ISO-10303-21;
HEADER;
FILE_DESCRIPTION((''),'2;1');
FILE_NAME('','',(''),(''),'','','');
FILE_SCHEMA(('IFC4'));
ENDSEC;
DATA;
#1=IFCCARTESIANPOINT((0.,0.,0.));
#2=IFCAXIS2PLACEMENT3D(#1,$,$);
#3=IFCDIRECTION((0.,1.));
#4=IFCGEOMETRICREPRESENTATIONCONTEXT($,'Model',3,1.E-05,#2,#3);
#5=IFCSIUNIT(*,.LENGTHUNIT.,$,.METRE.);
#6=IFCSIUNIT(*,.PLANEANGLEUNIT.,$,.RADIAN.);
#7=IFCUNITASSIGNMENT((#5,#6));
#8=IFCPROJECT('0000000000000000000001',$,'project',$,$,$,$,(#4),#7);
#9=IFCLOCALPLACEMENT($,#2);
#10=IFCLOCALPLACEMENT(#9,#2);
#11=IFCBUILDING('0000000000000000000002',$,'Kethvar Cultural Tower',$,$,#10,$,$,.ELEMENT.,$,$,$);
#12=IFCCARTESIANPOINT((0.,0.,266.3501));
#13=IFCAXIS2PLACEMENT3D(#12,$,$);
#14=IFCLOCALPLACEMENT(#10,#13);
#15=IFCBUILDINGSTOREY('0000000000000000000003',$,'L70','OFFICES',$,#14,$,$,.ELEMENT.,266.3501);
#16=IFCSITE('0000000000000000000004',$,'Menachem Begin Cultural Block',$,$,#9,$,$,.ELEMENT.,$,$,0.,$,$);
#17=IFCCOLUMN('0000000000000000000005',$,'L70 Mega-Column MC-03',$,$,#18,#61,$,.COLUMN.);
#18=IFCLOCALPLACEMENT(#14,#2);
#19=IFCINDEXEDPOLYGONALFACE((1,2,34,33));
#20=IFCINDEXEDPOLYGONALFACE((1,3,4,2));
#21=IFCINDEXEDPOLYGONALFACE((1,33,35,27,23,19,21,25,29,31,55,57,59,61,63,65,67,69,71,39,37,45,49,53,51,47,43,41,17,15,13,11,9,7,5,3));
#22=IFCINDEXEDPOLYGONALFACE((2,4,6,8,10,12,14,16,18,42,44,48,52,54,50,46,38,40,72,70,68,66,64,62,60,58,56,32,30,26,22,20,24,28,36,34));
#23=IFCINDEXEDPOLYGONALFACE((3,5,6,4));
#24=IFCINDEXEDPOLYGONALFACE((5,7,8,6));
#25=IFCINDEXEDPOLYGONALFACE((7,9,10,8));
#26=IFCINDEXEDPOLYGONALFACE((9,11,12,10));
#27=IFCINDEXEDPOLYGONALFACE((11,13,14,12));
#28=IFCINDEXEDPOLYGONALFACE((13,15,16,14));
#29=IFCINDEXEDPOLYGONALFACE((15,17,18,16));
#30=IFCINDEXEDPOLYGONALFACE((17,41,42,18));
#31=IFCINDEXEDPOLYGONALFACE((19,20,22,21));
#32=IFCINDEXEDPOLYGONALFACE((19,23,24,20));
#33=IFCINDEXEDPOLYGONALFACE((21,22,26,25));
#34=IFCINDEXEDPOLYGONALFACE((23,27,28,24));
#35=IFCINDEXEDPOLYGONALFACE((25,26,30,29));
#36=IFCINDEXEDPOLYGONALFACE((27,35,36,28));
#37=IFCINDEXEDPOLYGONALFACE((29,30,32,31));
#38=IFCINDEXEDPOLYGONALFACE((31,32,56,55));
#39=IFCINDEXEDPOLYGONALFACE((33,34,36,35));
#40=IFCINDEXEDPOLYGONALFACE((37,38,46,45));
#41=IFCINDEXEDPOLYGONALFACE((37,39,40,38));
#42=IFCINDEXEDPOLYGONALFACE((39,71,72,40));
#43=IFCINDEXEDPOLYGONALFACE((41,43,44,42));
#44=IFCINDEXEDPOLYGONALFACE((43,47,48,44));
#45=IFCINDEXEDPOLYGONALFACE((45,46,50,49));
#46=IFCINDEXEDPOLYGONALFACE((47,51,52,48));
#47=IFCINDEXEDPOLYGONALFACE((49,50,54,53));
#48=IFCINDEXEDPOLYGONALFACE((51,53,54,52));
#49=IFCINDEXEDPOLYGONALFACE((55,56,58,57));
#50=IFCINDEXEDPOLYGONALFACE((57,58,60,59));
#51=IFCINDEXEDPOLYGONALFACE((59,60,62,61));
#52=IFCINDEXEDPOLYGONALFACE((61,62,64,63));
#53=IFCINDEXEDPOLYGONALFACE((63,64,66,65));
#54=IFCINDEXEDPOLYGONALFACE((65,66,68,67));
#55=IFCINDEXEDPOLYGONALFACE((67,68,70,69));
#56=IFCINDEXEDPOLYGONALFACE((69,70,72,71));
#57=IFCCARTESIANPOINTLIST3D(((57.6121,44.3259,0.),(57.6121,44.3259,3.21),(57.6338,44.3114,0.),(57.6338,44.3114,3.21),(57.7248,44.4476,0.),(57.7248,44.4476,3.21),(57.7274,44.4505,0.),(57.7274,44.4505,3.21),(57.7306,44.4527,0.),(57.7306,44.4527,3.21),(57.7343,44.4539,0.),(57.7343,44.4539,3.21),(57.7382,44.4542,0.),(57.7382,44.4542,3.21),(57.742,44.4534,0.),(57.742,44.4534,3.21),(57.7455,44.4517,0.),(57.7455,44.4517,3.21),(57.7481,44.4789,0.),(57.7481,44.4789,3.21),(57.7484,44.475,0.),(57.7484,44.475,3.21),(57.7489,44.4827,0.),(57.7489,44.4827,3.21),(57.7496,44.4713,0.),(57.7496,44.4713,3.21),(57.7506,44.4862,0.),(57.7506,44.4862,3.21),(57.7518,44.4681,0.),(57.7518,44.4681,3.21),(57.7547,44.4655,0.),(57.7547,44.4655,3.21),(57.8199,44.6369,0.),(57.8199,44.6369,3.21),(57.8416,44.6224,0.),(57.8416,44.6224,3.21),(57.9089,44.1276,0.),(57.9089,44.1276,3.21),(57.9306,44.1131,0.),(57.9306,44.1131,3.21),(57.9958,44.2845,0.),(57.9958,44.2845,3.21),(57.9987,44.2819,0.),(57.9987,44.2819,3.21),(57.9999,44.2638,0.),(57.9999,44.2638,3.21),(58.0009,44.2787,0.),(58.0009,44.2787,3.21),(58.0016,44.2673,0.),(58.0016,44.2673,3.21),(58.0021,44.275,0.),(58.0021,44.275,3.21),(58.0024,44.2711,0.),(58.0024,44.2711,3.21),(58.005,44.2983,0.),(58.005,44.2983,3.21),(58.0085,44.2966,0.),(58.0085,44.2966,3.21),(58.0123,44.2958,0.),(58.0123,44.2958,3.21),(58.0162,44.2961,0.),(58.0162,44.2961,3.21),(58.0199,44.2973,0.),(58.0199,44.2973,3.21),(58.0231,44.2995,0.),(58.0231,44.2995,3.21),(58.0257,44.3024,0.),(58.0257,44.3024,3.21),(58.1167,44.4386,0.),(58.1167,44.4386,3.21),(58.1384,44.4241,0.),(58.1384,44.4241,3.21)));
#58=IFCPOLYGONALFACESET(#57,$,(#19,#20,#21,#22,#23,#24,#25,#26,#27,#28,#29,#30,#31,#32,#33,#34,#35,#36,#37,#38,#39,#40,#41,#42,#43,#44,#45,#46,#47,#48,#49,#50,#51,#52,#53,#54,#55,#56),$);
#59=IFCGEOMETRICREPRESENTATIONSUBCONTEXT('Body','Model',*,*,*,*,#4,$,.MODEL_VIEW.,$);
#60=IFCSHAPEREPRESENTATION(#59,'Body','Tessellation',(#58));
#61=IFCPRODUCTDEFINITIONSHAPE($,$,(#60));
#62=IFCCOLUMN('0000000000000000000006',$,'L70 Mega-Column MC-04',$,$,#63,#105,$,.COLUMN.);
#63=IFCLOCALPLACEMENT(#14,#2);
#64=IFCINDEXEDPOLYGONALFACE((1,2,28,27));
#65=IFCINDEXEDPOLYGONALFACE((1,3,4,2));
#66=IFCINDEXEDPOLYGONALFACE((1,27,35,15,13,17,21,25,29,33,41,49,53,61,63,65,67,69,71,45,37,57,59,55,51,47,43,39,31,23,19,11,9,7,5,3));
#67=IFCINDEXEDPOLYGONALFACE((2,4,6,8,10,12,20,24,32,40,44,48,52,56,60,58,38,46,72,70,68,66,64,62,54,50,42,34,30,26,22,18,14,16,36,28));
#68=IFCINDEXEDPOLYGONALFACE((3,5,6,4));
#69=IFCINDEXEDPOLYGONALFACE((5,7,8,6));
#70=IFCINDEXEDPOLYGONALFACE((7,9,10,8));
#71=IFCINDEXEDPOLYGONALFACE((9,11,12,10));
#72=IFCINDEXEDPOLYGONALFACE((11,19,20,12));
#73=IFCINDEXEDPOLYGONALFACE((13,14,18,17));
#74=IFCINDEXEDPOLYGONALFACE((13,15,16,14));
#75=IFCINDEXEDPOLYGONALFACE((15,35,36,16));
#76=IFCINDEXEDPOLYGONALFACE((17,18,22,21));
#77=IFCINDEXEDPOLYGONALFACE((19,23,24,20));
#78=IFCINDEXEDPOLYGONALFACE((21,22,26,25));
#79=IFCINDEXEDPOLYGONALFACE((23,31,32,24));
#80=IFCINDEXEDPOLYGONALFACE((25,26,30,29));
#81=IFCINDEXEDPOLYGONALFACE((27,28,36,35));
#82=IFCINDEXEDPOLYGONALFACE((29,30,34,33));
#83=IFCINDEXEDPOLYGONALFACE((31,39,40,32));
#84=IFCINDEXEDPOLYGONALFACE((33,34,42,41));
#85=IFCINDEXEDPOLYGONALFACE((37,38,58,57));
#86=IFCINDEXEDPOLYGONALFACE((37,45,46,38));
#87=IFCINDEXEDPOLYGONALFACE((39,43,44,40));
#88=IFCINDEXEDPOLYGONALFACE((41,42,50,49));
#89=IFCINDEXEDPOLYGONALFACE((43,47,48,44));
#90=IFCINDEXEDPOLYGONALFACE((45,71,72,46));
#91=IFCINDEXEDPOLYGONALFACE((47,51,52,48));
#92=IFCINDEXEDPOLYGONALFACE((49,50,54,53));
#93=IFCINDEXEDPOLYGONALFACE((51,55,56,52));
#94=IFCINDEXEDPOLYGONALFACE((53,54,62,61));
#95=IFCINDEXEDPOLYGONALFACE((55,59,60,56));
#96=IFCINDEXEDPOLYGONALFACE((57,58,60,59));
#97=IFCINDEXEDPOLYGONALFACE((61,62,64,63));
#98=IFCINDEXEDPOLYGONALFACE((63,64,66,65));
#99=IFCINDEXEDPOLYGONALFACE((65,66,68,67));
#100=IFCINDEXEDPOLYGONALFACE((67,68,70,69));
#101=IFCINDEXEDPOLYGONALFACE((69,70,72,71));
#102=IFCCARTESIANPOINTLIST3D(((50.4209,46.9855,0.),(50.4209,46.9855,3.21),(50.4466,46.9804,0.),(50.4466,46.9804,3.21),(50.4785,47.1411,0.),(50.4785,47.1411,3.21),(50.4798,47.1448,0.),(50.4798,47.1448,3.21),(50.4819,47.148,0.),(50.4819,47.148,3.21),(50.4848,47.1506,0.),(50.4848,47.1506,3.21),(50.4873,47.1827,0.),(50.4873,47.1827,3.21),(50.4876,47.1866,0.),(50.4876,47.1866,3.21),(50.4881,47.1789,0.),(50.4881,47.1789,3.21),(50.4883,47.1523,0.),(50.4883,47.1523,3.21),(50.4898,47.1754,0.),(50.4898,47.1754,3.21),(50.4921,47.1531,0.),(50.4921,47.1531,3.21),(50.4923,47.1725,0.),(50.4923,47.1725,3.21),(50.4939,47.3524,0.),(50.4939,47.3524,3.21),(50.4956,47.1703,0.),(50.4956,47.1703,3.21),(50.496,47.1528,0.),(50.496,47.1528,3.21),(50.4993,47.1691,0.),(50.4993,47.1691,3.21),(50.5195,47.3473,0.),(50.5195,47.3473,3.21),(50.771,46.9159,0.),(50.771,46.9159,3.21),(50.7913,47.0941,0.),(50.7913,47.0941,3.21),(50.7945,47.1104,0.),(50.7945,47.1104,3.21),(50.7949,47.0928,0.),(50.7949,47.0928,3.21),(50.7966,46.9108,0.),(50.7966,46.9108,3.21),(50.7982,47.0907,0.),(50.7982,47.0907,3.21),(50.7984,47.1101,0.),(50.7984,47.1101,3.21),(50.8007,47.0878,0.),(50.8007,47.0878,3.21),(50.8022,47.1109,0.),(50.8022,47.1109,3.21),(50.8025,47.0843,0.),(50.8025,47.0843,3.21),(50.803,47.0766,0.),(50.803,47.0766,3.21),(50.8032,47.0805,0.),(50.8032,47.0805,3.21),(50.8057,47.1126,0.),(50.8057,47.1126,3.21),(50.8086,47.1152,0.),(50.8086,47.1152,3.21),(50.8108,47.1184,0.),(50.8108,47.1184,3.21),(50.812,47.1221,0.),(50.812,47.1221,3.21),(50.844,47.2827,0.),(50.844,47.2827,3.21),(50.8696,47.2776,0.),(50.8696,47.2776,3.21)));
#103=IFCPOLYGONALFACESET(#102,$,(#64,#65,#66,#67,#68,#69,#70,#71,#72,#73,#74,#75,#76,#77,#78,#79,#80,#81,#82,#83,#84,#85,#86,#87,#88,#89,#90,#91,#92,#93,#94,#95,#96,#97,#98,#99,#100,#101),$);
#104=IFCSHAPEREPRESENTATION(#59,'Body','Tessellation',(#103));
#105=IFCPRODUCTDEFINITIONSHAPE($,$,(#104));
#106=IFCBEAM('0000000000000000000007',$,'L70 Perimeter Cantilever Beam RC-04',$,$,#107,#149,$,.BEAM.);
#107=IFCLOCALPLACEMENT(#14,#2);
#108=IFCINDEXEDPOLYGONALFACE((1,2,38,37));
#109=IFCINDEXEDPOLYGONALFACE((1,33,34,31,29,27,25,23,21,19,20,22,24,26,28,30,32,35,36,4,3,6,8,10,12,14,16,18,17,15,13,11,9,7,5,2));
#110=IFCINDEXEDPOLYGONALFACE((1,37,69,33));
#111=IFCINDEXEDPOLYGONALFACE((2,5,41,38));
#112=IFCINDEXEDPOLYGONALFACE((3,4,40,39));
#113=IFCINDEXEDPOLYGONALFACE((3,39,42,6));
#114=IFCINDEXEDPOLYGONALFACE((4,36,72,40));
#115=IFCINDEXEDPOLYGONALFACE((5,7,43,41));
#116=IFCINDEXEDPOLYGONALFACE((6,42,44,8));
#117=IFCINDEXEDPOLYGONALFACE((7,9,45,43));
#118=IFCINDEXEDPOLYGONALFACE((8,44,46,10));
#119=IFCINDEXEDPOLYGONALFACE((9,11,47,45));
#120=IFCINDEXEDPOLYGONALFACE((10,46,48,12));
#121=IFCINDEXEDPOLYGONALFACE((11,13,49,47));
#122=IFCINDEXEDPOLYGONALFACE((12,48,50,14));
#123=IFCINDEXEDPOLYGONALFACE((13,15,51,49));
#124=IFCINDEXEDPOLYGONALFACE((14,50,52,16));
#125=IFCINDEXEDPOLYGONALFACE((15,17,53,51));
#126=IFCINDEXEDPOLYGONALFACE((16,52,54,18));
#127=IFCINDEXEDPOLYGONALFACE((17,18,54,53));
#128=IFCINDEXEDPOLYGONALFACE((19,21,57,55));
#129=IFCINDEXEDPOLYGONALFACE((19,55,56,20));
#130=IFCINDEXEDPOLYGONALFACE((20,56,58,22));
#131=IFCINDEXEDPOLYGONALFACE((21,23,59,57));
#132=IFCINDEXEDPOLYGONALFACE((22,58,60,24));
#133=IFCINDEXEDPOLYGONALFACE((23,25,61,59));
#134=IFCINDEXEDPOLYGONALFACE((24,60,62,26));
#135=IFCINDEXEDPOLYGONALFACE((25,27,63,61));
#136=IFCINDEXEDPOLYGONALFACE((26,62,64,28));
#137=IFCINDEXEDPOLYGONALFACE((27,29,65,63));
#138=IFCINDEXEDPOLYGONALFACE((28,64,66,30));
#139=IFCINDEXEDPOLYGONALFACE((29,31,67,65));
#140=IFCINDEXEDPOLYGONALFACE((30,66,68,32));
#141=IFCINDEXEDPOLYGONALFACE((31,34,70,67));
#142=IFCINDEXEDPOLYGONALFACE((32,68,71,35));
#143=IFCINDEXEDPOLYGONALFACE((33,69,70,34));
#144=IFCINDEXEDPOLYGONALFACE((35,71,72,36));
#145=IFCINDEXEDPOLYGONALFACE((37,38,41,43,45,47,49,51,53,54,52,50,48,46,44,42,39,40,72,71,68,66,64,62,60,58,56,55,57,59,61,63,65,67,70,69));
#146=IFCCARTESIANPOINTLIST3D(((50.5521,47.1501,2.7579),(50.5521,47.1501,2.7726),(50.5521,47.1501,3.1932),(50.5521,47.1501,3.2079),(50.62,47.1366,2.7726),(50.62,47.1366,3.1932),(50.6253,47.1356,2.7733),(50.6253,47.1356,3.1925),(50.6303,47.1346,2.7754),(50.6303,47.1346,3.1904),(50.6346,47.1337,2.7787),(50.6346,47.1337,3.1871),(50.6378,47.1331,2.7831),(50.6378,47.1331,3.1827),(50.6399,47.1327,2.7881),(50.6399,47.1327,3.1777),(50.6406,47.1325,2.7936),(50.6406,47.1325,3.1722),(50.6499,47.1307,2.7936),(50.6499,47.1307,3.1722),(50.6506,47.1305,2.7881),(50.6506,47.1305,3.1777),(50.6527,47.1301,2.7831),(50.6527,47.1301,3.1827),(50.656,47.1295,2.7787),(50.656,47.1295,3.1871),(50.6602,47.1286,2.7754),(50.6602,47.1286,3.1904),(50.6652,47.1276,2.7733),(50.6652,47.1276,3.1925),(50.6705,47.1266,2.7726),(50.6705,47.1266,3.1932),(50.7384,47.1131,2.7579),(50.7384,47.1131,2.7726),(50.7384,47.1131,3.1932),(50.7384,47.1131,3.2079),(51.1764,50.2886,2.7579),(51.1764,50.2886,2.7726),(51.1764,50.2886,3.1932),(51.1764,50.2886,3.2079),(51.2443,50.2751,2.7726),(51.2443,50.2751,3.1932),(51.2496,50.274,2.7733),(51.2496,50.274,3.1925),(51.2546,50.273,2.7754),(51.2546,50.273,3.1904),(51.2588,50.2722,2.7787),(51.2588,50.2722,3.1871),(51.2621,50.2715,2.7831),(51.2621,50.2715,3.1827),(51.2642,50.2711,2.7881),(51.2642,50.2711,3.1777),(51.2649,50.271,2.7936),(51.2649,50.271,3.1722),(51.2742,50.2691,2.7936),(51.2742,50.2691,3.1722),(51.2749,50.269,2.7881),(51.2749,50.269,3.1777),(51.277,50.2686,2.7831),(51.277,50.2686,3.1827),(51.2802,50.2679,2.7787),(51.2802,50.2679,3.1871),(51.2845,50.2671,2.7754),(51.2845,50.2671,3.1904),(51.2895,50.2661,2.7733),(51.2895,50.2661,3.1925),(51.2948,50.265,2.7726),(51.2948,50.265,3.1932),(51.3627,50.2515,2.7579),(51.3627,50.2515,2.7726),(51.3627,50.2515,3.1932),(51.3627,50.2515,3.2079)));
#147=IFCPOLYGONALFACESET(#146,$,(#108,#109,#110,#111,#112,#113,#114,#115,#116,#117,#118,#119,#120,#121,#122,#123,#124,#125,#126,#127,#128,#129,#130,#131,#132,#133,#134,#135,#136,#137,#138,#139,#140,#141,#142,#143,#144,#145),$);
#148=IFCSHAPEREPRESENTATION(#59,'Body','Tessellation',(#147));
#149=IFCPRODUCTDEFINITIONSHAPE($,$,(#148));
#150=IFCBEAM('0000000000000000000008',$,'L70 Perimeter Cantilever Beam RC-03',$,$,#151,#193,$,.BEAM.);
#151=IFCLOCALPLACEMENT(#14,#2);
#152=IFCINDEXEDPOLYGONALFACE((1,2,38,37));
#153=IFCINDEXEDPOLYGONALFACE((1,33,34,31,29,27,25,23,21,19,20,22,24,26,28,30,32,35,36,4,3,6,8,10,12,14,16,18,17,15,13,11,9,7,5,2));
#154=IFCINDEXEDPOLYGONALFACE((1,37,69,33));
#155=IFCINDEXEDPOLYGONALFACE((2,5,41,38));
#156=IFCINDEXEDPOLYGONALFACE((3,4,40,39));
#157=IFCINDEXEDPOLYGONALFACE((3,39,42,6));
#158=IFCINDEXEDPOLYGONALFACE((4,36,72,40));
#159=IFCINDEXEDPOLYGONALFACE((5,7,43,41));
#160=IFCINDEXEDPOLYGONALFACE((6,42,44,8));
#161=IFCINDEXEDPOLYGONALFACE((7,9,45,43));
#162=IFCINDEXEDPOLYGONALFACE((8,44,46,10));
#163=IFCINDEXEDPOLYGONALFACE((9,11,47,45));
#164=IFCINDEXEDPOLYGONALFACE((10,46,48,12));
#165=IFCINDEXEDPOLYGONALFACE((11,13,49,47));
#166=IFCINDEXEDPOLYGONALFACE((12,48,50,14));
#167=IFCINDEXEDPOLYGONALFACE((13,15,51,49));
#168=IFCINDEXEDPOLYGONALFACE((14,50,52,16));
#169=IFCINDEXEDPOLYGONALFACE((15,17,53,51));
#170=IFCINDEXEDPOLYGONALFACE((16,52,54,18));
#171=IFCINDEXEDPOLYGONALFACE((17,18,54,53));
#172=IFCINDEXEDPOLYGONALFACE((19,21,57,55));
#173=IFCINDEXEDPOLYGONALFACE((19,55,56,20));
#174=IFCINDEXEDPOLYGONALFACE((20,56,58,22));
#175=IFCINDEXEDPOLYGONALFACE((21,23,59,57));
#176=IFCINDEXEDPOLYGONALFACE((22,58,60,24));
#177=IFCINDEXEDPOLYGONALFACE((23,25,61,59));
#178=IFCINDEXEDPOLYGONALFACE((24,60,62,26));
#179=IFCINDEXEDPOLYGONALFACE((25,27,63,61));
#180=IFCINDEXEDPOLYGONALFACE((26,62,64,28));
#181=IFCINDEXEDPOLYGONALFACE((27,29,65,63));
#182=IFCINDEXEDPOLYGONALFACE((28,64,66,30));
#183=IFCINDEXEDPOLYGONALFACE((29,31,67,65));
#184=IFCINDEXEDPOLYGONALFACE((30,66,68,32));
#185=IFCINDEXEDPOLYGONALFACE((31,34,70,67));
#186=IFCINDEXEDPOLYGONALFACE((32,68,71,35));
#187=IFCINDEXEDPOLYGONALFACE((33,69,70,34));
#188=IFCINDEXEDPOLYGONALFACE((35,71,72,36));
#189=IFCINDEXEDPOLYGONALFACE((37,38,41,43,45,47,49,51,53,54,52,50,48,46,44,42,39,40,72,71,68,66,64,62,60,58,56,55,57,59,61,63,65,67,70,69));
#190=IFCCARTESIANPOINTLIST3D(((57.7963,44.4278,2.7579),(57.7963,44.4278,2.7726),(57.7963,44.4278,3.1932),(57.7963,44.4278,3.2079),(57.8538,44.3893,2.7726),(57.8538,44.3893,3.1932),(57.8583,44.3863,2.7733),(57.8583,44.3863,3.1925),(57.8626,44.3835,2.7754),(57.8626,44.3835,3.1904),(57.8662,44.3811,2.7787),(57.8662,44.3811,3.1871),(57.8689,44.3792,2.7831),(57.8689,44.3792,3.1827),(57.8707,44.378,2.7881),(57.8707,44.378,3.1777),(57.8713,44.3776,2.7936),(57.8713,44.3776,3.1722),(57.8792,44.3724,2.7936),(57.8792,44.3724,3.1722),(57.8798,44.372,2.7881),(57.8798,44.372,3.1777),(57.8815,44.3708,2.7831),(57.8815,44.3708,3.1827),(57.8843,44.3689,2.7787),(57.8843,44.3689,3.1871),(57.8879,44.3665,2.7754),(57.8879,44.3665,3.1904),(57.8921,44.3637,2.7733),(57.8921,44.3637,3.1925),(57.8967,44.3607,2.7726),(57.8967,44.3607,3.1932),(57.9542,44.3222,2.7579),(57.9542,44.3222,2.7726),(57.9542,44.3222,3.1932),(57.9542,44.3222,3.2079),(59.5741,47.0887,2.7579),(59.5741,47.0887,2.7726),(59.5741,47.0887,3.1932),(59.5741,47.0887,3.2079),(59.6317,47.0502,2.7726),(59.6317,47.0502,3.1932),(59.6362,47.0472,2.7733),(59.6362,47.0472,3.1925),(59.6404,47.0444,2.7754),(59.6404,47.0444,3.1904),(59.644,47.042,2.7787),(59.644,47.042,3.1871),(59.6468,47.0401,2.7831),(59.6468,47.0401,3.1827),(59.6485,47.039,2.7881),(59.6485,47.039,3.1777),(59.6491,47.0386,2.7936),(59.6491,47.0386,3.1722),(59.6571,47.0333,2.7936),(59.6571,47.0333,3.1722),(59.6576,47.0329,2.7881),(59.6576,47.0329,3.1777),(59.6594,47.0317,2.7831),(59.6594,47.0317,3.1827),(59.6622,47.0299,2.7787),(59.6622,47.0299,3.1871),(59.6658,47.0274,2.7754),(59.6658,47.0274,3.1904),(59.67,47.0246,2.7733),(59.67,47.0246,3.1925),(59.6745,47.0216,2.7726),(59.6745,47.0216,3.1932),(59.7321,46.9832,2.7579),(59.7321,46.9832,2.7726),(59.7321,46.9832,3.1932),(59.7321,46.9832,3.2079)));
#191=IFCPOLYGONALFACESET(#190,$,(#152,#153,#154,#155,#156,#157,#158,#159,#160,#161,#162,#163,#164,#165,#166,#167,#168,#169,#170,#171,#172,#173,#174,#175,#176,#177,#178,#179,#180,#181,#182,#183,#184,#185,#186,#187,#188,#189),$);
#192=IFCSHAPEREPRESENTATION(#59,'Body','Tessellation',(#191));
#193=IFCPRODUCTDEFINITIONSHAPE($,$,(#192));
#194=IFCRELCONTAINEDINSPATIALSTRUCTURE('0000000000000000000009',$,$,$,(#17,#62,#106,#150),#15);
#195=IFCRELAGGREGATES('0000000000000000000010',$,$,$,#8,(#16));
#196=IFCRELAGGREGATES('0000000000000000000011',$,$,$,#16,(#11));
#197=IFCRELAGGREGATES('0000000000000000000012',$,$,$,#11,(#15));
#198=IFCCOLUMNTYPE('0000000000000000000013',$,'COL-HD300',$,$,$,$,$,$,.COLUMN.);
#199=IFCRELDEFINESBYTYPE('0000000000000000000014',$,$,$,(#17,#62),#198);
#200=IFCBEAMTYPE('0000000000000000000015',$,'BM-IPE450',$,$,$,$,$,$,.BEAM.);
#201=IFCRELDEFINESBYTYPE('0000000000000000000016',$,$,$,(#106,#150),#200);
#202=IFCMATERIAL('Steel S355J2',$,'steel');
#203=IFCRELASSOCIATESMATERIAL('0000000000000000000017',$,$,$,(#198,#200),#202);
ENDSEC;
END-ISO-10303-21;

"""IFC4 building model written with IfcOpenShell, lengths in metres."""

from ifc_helpers import new_model, si_unit, direction, frame, origin, origin_2d, place, context, subcontext, project, spatial, i_section, extrude, source, transform, mapped, material, material_profile, profile_set, type_object, element, save


model = new_model("IFC4")

# Units and contexts
model_context = context("Model", 3, precision=1e-05, world=origin(), true_north=direction((0.0, 1.0)))
body_context = subcontext(model_context, "Body", "Model", "MODEL_VIEW")
ifc_project = project(units=[si_unit("LENGTHUNIT", "METRE"), si_unit("PLANEANGLEUNIT", "RADIAN")], contexts=[model_context])

# Site, building, storey
site_placement = place(None, origin())
site = spatial("IfcSite", under=ifc_project, at=site_placement, Name="Menachem Begin Cultural Block", CompositionType="ELEMENT", RefElevation=0.0)
building_placement = place(site_placement, origin())
building = spatial("IfcBuilding", under=site, at=building_placement, Name="Kethvar Cultural Tower", CompositionType="ELEMENT")
storey_placement = place(building_placement, frame((0.0, 0.0, 266.3501)))
storey = spatial("IfcBuildingStorey", under=building, at=storey_placement, Name="L70", Description="OFFICES", CompositionType="ELEMENT", Elevation=266.3501)

# Columns
ifc_material_1 = material(Name="Steel S355J2", Category="steel")
ifc_material_profile_1 = material_profile(ifc_material_1, i_section(OverallWidth=0.374, OverallDepth=0.3831, WebThickness=0.0166, FlangeThickness=0.0261, FilletRadius=0.0149, at=origin_2d()), Name="Steel S355J2 — HD360x300")
ifc_profile_set_1 = profile_set([ifc_material_profile_1], Name="Steel S355J2 — HD360x300")
column_type = type_object("IfcColumnType", Name="COL-HD300", PredefinedType="COLUMN", material=ifc_profile_set_1)
shared_shape_1 = source(origin(), body_context, "Body", "SweptSolid", [
    extrude(i_section(OverallWidth=0.374, OverallDepth=0.3831, WebThickness=0.0166, FlangeThickness=0.0261, FilletRadius=0.0149, at=origin_2d()), origin(), (0.0, 0.0, 1.0), 3.21),
])
for number, where, z_axis, x_axis, name in (
    (1, (57.8752, 44.375, 0.0), (0.0, 0.0, 1.0), (0.55557, 0.83147, 0.0), "L70 Mega-Column MC-03"),
    (2, (50.6453, 47.1316, 0.0), (0.0, 0.0, 1.0), (0.19509, 0.980785, 0.0), "L70 Mega-Column MC-04"),
):
    element("IfcColumn", number, at=place(storey_placement, frame(where, z_axis=z_axis, x_axis=x_axis)), inside=storey, type_object=column_type, Name=name, PredefinedType="COLUMN", context=body_context, shape_type="MappedRepresentation", body=[
        mapped(shared_shape_1, transform((0.0, 0.0, 0.0), scale=1.0)),
    ])

# Beams
ifc_material_profile_2 = material_profile(ifc_material_1, i_section(OverallWidth=0.1899, OverallDepth=0.45, WebThickness=0.0095, FlangeThickness=0.0146, FilletRadius=0.021, at=origin_2d()), Name="Steel S355J2 — IPE450")
ifc_profile_set_2 = profile_set([ifc_material_profile_2], Name="Steel S355J2 — IPE450")
beam_type_1 = type_object("IfcBeamType", Name="BM-IPE450", PredefinedType="BEAM", material=ifc_profile_set_2)
shared_shape_2 = source(origin(), body_context, "Body", "SweptSolid", [
    extrude(i_section(OverallWidth=0.1899, OverallDepth=0.45, WebThickness=0.0095, FlangeThickness=0.0146, FilletRadius=0.021, at=origin_2d()), origin(), (0.0, 0.0, 1.0), 3.2),
])
beam_1_placement = place(storey_placement, frame((50.6453, 47.1316, 2.9829), z_axis=(0.195089, 0.980786, 0.0), x_axis=(-0.980786, 0.195089, 0.0)))
element("IfcBeam", 3, at=beam_1_placement, inside=storey, type_object=beam_type_1, Name="L70 Perimeter Cantilever Beam RC-04", PredefinedType="BEAM", context=body_context, shape_type="MappedRepresentation", body=[
    mapped(shared_shape_2, transform((0.0, 0.0, 0.0), scale=1.0)),
])
shared_shape_3 = source(origin(), body_context, "Body", "SweptSolid", [
    extrude(i_section(OverallWidth=0.1899, OverallDepth=0.45, WebThickness=0.0095, FlangeThickness=0.0146, FilletRadius=0.021, at=origin_2d()), origin(), (0.0, 0.0, 1.0), 3.2002),
])
beam_2_placement = place(storey_placement, frame((57.8752, 44.375, 2.9829), z_axis=(0.555545, 0.831486, 0.0), x_axis=(-0.831486, 0.555545, 0.0)))
element("IfcBeam", 4, at=beam_2_placement, inside=storey, type_object=beam_type_1, Name="L70 Perimeter Cantilever Beam RC-03", PredefinedType="BEAM", context=body_context, shape_type="MappedRepresentation", body=[
    mapped(shared_shape_3, transform((0.0, 0.0, 0.0), scale=1.0)),
])

save(model, "model.ifc")
